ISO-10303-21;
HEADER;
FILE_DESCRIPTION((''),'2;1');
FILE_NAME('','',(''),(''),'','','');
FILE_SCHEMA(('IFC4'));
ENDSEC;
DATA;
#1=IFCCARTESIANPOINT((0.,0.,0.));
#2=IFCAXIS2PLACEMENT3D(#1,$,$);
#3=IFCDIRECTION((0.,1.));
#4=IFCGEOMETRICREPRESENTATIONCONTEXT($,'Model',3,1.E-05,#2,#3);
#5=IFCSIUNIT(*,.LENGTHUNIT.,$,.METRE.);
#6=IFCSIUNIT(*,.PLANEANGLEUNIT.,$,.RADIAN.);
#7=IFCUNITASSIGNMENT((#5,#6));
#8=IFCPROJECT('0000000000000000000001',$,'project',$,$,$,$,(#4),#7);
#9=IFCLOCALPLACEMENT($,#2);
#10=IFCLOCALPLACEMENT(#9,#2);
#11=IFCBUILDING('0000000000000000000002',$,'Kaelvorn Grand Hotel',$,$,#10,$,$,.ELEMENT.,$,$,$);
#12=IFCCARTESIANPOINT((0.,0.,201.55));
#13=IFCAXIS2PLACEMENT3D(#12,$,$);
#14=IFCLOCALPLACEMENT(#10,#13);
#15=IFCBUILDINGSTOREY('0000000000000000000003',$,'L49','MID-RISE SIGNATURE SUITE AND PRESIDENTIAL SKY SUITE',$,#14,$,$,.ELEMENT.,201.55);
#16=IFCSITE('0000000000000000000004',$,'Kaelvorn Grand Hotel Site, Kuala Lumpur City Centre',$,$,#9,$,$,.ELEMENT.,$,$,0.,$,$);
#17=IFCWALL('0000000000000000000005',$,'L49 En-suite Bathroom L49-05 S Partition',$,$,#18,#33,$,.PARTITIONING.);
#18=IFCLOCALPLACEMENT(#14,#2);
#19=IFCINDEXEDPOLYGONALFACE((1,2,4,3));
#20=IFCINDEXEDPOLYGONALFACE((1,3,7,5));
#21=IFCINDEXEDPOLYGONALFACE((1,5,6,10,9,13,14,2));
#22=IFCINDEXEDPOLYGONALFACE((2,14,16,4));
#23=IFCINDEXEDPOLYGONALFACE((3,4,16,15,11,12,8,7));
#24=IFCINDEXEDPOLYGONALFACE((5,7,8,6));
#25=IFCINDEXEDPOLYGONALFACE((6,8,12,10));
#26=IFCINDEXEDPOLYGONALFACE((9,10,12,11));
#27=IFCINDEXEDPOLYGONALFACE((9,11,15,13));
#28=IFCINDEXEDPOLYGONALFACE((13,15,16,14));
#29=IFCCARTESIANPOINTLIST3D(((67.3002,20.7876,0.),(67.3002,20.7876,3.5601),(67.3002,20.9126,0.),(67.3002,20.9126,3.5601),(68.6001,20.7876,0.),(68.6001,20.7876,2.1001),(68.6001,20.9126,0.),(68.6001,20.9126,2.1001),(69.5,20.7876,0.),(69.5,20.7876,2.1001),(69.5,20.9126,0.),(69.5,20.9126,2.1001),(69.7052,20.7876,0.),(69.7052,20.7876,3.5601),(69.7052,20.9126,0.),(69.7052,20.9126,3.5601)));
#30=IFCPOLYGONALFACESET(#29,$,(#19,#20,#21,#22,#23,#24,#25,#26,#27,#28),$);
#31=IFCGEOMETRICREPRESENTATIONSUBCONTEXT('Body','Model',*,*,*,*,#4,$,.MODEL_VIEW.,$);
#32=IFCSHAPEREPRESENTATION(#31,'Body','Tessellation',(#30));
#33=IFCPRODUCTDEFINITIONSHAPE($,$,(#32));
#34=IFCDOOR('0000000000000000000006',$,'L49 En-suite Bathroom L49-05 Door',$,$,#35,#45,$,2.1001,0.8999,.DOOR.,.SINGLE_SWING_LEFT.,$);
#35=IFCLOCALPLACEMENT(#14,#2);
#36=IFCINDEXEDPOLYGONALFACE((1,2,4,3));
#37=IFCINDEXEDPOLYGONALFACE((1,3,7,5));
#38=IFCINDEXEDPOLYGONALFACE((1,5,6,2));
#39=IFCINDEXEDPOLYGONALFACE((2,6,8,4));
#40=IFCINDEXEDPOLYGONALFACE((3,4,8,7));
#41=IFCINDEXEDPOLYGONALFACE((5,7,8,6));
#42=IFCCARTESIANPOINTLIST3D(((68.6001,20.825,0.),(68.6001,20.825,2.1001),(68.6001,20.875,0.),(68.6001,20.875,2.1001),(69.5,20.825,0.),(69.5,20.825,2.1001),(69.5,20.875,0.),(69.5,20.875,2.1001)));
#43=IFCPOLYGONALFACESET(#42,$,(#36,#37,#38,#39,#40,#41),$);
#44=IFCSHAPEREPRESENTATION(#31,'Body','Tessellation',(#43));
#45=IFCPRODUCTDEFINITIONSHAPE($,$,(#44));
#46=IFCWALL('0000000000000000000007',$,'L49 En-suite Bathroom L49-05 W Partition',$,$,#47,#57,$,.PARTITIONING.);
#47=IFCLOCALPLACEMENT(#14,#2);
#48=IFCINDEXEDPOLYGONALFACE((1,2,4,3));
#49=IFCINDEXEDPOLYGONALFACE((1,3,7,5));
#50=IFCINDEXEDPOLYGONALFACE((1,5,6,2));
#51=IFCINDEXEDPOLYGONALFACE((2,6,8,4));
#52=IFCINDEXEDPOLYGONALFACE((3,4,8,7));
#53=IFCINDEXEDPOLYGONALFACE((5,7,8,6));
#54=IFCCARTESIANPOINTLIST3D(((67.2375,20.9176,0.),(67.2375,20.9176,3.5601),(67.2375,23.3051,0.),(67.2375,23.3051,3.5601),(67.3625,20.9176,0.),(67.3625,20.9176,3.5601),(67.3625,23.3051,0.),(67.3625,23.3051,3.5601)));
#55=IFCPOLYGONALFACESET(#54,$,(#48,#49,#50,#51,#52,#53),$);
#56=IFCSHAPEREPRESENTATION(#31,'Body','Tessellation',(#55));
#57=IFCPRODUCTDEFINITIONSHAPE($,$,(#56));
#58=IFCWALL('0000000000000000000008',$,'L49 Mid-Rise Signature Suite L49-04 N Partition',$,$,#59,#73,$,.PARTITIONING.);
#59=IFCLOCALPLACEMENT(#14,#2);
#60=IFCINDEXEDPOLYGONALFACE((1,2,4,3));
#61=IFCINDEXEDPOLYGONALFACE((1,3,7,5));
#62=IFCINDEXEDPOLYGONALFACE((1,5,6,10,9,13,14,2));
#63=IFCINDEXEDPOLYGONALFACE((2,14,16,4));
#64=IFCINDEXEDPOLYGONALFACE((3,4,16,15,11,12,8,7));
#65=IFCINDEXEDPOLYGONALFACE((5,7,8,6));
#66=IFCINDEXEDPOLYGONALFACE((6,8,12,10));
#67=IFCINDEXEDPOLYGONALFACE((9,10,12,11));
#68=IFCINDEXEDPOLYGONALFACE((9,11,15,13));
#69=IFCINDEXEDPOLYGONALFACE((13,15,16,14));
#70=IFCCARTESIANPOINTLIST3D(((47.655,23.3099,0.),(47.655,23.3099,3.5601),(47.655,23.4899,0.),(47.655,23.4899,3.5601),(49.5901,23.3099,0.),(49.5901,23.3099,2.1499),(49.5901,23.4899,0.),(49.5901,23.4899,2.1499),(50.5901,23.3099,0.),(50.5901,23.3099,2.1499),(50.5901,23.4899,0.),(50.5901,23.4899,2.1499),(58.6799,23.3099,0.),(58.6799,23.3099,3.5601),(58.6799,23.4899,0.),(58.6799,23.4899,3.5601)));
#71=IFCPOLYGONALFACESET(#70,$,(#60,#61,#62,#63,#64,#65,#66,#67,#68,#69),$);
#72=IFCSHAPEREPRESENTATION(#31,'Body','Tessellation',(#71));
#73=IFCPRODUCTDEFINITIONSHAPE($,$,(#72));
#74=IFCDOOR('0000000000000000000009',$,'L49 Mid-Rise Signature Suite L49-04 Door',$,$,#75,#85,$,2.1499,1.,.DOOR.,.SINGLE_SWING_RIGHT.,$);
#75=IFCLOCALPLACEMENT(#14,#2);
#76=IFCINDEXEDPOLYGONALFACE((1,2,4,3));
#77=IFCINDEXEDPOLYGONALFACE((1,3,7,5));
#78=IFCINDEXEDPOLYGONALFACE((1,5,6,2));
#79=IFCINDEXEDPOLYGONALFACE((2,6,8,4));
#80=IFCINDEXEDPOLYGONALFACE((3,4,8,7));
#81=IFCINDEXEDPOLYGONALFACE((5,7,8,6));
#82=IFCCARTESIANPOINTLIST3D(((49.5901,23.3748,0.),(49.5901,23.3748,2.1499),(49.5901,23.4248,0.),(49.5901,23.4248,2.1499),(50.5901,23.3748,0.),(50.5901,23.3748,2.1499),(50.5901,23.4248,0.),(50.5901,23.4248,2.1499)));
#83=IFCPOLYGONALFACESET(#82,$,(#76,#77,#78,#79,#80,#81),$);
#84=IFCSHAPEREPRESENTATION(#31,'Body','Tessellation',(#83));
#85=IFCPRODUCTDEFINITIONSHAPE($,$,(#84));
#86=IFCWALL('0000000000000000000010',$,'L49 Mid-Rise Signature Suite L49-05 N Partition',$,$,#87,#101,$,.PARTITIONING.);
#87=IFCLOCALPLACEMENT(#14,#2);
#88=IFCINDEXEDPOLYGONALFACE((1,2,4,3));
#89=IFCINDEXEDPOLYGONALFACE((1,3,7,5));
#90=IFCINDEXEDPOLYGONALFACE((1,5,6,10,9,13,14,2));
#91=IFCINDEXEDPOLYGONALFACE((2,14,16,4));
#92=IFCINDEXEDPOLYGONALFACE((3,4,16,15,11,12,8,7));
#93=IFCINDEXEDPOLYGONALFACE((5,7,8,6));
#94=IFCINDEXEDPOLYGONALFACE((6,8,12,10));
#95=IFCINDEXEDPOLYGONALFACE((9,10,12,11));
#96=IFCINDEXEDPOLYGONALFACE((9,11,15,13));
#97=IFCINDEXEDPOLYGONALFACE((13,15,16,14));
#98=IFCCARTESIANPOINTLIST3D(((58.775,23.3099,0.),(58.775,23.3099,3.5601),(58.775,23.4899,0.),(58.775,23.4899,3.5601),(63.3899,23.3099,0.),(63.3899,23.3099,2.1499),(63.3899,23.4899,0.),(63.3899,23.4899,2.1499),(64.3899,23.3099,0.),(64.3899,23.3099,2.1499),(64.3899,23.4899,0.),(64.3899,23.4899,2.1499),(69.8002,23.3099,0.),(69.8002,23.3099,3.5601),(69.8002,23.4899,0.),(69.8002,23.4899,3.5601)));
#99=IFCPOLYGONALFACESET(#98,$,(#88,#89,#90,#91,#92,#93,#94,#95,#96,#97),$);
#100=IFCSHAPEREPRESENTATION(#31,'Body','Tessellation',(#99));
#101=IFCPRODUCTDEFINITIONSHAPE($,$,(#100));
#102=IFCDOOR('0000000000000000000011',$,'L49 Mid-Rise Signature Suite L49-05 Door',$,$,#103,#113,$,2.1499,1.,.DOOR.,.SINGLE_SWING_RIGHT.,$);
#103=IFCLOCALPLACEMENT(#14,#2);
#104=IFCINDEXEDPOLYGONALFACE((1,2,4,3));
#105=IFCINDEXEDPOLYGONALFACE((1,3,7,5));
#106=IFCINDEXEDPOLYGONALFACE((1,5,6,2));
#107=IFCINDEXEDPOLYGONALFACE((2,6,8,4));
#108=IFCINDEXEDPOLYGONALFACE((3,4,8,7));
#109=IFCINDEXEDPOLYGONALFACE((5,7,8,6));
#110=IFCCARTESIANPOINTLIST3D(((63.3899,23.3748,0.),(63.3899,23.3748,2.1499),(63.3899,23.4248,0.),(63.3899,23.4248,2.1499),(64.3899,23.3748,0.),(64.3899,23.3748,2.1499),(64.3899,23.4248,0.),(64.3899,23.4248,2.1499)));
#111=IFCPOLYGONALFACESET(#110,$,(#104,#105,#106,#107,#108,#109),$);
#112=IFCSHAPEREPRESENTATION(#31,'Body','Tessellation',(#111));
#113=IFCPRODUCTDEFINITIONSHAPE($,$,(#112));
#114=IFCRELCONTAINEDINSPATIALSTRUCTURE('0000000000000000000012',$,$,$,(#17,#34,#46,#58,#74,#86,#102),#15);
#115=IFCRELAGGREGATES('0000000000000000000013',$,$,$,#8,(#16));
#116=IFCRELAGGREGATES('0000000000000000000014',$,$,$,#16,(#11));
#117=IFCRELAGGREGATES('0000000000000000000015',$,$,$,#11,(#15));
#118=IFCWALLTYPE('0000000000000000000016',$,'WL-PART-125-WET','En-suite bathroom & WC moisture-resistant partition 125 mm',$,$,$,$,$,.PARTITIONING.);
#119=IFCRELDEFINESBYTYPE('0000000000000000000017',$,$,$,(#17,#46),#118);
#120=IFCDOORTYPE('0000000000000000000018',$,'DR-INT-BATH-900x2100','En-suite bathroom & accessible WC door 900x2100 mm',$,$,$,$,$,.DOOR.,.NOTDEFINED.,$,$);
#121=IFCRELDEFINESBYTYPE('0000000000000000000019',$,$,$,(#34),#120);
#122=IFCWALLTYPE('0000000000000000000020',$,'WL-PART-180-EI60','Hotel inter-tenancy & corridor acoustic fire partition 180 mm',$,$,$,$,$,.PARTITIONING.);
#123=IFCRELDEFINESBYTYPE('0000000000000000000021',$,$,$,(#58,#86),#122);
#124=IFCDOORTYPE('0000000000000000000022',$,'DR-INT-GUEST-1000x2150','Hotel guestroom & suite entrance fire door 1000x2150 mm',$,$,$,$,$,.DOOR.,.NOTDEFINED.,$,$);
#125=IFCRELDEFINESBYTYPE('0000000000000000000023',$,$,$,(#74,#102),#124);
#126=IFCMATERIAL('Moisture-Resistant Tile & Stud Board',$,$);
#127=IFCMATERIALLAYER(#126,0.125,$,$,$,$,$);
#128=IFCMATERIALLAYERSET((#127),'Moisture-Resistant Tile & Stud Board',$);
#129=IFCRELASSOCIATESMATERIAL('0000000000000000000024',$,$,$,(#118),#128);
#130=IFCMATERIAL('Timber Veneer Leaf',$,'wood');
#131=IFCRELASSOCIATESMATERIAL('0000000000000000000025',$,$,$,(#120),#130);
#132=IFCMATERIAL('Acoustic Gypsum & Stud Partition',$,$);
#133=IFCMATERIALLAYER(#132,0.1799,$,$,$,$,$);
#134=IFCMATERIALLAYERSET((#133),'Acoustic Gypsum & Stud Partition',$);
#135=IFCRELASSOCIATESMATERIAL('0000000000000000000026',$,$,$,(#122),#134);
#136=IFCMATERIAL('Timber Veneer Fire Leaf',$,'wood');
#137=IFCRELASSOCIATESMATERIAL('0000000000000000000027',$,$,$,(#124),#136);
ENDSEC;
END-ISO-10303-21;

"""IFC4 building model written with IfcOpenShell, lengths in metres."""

from ifc_helpers import new_model, si_unit, direction, frame, frame_2d, origin, place, context, subcontext, project, spatial, rectangle, extrude, material, layer, layer_set, type_object, element, fill, save


model = new_model("IFC4")

# Units and contexts
model_context = context("Model", 3, precision=1e-05, world=origin(), true_north=direction((0.0, 1.0)))
body_context = subcontext(model_context, "Body", "Model", "MODEL_VIEW")
ifc_project = project(units=[si_unit("LENGTHUNIT", "METRE"), si_unit("PLANEANGLEUNIT", "RADIAN")], contexts=[model_context])

# Site, building, storey
site_placement = place(None, origin())
site = spatial("IfcSite", under=ifc_project, at=site_placement, Name="Kaelvorn Grand Hotel Site, Kuala Lumpur City Centre", CompositionType="ELEMENT", RefElevation=0.0)
building_placement = place(site_placement, origin())
building = spatial("IfcBuilding", under=site, at=building_placement, Name="Kaelvorn Grand Hotel", CompositionType="ELEMENT")
storey_placement = place(building_placement, frame((0.0, 0.0, 201.55)))
storey = spatial("IfcBuildingStorey", under=building, at=storey_placement, Name="L49", Description="MID-RISE SIGNATURE SUITE AND PRESIDENTIAL SKY SUITE", CompositionType="ELEMENT", Elevation=201.55)

# Shared definitions
ifc_material_1 = material(Name="Moisture-Resistant Tile & Stud Board")
ifc_layer_1 = layer(ifc_material_1, 0.125)
ifc_layer_set_1 = layer_set([ifc_layer_1], Name="Moisture-Resistant Tile & Stud Board")
wall_type_1 = type_object("IfcWallType", Name="WL-PART-125-WET", Description="En-suite bathroom & WC moisture-resistant partition 125 mm", PredefinedType="PARTITIONING", material=ifc_layer_set_1)
ifc_material_2 = material(Name="Timber Veneer Leaf", Category="wood")
door_type_1 = type_object("IfcDoorType", Name="DR-INT-BATH-900x2100", Description="En-suite bathroom & accessible WC door 900x2100 mm", OperationType="NOTDEFINED", PredefinedType="DOOR", material=ifc_material_2)

# Wall, opening, door
wall_1_placement = place(storey_placement, frame((67.3, 20.8501, 0.0), z_axis=(0.0, 0.0, 1.0), x_axis=(1.0, 0.0, 0.0)))
wall_1 = element("IfcWall", 1, at=wall_1_placement, inside=storey, type_object=wall_type_1, Name="L49 En-suite Bathroom L49-05 S Partition", PredefinedType="PARTITIONING", context=body_context, shape_type="SweptSolid", body=[
    extrude(rectangle(XDim=2.405, YDim=0.125, at=frame_2d((1.2026, 0.0))), origin(), (0.0, 0.0, 1.0), 3.5601),
])
opening_1_placement = place(wall_1_placement, frame((1.3, 0.0, 0.0)))
opening_1 = element("IfcOpeningElement", 2, at=opening_1_placement, cuts=wall_1, PredefinedType="OPENING", context=body_context, shape_type="SweptSolid", body=[
    extrude(rectangle(XDim=0.8999, YDim=2.1001, at=frame_2d((0.45, 1.05))), frame((0.0, 0.0725, 0.0), z_axis=(0.0, -1.0, 0.0), x_axis=(1.0, 0.0, 0.0)), (0.0, 0.0, 1.0), 0.145),
])
door_1_placement = place(opening_1_placement, origin())
door_1 = element("IfcDoor", 3, at=door_1_placement, inside=storey, type_object=door_type_1, Name="L49 En-suite Bathroom L49-05 Door", OperationType="SINGLE_SWING_LEFT", OverallHeight=2.1001, OverallWidth=0.8999, PredefinedType="DOOR", context=body_context, shape_type="SweptSolid", body=[
    extrude(rectangle(XDim=0.8999, YDim=2.1001, at=frame_2d((0.45, 1.05))), frame((0.0, 0.0249, 0.0), z_axis=(0.0, -1.0, 0.0), x_axis=(1.0, 0.0, 0.0)), (0.0, 0.0, 1.0), 0.05),
])
fill(opening_1, door_1)

# Wall
wall_2_placement = place(storey_placement, frame((67.3, 20.9175, 0.0), z_axis=(0.0, 0.0, 1.0), x_axis=(0.0, 1.0, 0.0)))
element("IfcWall", 4, at=wall_2_placement, inside=storey, type_object=wall_type_1, Name="L49 En-suite Bathroom L49-05 W Partition", PredefinedType="PARTITIONING", context=body_context, shape_type="SweptSolid", body=[
    extrude(rectangle(XDim=2.3875, YDim=0.125, at=frame_2d((1.1938, 0.0))), origin(), (0.0, 0.0, 1.0), 3.5601),
])

# Walls, openings, doors
ifc_material_3 = material(Name="Acoustic Gypsum & Stud Partition")
ifc_layer_2 = layer(ifc_material_3, 0.1799)
ifc_layer_set_2 = layer_set([ifc_layer_2], Name="Acoustic Gypsum & Stud Partition")
wall_type_2 = type_object("IfcWallType", Name="WL-PART-180-EI60", Description="Hotel inter-tenancy & corridor acoustic fire partition 180 mm", PredefinedType="PARTITIONING", material=ifc_layer_set_2)
wall_3_placement = place(storey_placement, frame((47.655, 23.3999, 0.0), z_axis=(0.0, 0.0, 1.0), x_axis=(1.0, 0.0, 0.0)))
wall_3 = element("IfcWall", 5, at=wall_3_placement, inside=storey, type_object=wall_type_2, Name="L49 Mid-Rise Signature Suite L49-04 N Partition", PredefinedType="PARTITIONING", context=body_context, shape_type="SweptSolid", body=[
    extrude(rectangle(XDim=11.0249, YDim=0.1799, at=frame_2d((5.5125, 0.0))), origin(), (0.0, 0.0, 1.0), 3.5601),
])
opening_2_placement = place(wall_3_placement, frame((1.9351, 0.0, 0.0)))
opening_2 = element("IfcOpeningElement", 6, at=opening_2_placement, cuts=wall_3, PredefinedType="OPENING", context=body_context, shape_type="SweptSolid", body=[
    extrude(rectangle(XDim=1.0, YDim=2.1499, at=frame_2d((0.5, 1.075))), frame((0.0, 0.1001, 0.0), z_axis=(0.0, -1.0, 0.0), x_axis=(1.0, 0.0, 0.0)), (0.0, 0.0, 1.0), 0.2),
])
ifc_material_4 = material(Name="Timber Veneer Fire Leaf", Category="wood")
door_type_2 = type_object("IfcDoorType", Name="DR-INT-GUEST-1000x2150", Description="Hotel guestroom & suite entrance fire door 1000x2150 mm", OperationType="NOTDEFINED", PredefinedType="DOOR", material=ifc_material_4)
door_2_placement = place(opening_2_placement, origin())
door_2 = element("IfcDoor", 7, at=door_2_placement, inside=storey, type_object=door_type_2, Name="L49 Mid-Rise Signature Suite L49-04 Door", OperationType="SINGLE_SWING_RIGHT", OverallHeight=2.1499, OverallWidth=1.0, PredefinedType="DOOR", context=body_context, shape_type="SweptSolid", body=[
    extrude(rectangle(XDim=1.0, YDim=2.1499, at=frame_2d((0.5, 1.075))), frame((0.0, 0.0249, 0.0), z_axis=(0.0, -1.0, 0.0), x_axis=(1.0, 0.0, 0.0)), (0.0, 0.0, 1.0), 0.05),
])
fill(opening_2, door_2)
wall_4_placement = place(storey_placement, frame((58.7749, 23.3999, 0.0), z_axis=(0.0, 0.0, 1.0), x_axis=(1.0, 0.0, 0.0)))
wall_4 = element("IfcWall", 8, at=wall_4_placement, inside=storey, type_object=wall_type_2, Name="L49 Mid-Rise Signature Suite L49-05 N Partition", PredefinedType="PARTITIONING", context=body_context, shape_type="SweptSolid", body=[
    extrude(rectangle(XDim=11.0251, YDim=0.1799, at=frame_2d((5.5127, 0.0))), origin(), (0.0, 0.0, 1.0), 3.5601),
])
opening_3_placement = place(wall_4_placement, frame((4.615, 0.0, 0.0)))
opening_3 = element("IfcOpeningElement", 9, at=opening_3_placement, cuts=wall_4, PredefinedType="OPENING", context=body_context, shape_type="SweptSolid", body=[
    extrude(rectangle(XDim=1.0, YDim=2.1499, at=frame_2d((0.5, 1.075))), frame((0.0, 0.1001, 0.0), z_axis=(0.0, -1.0, 0.0), x_axis=(1.0, 0.0, 0.0)), (0.0, 0.0, 1.0), 0.2),
])
door_3_placement = place(opening_3_placement, origin())
door_3 = element("IfcDoor", 10, at=door_3_placement, inside=storey, type_object=door_type_2, Name="L49 Mid-Rise Signature Suite L49-05 Door", OperationType="SINGLE_SWING_RIGHT", OverallHeight=2.1499, OverallWidth=1.0, PredefinedType="DOOR", context=body_context, shape_type="SweptSolid", body=[
    extrude(rectangle(XDim=1.0, YDim=2.1499, at=frame_2d((0.5, 1.075))), frame((0.0, 0.0249, 0.0), z_axis=(0.0, -1.0, 0.0), x_axis=(1.0, 0.0, 0.0)), (0.0, 0.0, 1.0), 0.05),
])
fill(opening_3, door_3)

save(model, "model.ifc")
